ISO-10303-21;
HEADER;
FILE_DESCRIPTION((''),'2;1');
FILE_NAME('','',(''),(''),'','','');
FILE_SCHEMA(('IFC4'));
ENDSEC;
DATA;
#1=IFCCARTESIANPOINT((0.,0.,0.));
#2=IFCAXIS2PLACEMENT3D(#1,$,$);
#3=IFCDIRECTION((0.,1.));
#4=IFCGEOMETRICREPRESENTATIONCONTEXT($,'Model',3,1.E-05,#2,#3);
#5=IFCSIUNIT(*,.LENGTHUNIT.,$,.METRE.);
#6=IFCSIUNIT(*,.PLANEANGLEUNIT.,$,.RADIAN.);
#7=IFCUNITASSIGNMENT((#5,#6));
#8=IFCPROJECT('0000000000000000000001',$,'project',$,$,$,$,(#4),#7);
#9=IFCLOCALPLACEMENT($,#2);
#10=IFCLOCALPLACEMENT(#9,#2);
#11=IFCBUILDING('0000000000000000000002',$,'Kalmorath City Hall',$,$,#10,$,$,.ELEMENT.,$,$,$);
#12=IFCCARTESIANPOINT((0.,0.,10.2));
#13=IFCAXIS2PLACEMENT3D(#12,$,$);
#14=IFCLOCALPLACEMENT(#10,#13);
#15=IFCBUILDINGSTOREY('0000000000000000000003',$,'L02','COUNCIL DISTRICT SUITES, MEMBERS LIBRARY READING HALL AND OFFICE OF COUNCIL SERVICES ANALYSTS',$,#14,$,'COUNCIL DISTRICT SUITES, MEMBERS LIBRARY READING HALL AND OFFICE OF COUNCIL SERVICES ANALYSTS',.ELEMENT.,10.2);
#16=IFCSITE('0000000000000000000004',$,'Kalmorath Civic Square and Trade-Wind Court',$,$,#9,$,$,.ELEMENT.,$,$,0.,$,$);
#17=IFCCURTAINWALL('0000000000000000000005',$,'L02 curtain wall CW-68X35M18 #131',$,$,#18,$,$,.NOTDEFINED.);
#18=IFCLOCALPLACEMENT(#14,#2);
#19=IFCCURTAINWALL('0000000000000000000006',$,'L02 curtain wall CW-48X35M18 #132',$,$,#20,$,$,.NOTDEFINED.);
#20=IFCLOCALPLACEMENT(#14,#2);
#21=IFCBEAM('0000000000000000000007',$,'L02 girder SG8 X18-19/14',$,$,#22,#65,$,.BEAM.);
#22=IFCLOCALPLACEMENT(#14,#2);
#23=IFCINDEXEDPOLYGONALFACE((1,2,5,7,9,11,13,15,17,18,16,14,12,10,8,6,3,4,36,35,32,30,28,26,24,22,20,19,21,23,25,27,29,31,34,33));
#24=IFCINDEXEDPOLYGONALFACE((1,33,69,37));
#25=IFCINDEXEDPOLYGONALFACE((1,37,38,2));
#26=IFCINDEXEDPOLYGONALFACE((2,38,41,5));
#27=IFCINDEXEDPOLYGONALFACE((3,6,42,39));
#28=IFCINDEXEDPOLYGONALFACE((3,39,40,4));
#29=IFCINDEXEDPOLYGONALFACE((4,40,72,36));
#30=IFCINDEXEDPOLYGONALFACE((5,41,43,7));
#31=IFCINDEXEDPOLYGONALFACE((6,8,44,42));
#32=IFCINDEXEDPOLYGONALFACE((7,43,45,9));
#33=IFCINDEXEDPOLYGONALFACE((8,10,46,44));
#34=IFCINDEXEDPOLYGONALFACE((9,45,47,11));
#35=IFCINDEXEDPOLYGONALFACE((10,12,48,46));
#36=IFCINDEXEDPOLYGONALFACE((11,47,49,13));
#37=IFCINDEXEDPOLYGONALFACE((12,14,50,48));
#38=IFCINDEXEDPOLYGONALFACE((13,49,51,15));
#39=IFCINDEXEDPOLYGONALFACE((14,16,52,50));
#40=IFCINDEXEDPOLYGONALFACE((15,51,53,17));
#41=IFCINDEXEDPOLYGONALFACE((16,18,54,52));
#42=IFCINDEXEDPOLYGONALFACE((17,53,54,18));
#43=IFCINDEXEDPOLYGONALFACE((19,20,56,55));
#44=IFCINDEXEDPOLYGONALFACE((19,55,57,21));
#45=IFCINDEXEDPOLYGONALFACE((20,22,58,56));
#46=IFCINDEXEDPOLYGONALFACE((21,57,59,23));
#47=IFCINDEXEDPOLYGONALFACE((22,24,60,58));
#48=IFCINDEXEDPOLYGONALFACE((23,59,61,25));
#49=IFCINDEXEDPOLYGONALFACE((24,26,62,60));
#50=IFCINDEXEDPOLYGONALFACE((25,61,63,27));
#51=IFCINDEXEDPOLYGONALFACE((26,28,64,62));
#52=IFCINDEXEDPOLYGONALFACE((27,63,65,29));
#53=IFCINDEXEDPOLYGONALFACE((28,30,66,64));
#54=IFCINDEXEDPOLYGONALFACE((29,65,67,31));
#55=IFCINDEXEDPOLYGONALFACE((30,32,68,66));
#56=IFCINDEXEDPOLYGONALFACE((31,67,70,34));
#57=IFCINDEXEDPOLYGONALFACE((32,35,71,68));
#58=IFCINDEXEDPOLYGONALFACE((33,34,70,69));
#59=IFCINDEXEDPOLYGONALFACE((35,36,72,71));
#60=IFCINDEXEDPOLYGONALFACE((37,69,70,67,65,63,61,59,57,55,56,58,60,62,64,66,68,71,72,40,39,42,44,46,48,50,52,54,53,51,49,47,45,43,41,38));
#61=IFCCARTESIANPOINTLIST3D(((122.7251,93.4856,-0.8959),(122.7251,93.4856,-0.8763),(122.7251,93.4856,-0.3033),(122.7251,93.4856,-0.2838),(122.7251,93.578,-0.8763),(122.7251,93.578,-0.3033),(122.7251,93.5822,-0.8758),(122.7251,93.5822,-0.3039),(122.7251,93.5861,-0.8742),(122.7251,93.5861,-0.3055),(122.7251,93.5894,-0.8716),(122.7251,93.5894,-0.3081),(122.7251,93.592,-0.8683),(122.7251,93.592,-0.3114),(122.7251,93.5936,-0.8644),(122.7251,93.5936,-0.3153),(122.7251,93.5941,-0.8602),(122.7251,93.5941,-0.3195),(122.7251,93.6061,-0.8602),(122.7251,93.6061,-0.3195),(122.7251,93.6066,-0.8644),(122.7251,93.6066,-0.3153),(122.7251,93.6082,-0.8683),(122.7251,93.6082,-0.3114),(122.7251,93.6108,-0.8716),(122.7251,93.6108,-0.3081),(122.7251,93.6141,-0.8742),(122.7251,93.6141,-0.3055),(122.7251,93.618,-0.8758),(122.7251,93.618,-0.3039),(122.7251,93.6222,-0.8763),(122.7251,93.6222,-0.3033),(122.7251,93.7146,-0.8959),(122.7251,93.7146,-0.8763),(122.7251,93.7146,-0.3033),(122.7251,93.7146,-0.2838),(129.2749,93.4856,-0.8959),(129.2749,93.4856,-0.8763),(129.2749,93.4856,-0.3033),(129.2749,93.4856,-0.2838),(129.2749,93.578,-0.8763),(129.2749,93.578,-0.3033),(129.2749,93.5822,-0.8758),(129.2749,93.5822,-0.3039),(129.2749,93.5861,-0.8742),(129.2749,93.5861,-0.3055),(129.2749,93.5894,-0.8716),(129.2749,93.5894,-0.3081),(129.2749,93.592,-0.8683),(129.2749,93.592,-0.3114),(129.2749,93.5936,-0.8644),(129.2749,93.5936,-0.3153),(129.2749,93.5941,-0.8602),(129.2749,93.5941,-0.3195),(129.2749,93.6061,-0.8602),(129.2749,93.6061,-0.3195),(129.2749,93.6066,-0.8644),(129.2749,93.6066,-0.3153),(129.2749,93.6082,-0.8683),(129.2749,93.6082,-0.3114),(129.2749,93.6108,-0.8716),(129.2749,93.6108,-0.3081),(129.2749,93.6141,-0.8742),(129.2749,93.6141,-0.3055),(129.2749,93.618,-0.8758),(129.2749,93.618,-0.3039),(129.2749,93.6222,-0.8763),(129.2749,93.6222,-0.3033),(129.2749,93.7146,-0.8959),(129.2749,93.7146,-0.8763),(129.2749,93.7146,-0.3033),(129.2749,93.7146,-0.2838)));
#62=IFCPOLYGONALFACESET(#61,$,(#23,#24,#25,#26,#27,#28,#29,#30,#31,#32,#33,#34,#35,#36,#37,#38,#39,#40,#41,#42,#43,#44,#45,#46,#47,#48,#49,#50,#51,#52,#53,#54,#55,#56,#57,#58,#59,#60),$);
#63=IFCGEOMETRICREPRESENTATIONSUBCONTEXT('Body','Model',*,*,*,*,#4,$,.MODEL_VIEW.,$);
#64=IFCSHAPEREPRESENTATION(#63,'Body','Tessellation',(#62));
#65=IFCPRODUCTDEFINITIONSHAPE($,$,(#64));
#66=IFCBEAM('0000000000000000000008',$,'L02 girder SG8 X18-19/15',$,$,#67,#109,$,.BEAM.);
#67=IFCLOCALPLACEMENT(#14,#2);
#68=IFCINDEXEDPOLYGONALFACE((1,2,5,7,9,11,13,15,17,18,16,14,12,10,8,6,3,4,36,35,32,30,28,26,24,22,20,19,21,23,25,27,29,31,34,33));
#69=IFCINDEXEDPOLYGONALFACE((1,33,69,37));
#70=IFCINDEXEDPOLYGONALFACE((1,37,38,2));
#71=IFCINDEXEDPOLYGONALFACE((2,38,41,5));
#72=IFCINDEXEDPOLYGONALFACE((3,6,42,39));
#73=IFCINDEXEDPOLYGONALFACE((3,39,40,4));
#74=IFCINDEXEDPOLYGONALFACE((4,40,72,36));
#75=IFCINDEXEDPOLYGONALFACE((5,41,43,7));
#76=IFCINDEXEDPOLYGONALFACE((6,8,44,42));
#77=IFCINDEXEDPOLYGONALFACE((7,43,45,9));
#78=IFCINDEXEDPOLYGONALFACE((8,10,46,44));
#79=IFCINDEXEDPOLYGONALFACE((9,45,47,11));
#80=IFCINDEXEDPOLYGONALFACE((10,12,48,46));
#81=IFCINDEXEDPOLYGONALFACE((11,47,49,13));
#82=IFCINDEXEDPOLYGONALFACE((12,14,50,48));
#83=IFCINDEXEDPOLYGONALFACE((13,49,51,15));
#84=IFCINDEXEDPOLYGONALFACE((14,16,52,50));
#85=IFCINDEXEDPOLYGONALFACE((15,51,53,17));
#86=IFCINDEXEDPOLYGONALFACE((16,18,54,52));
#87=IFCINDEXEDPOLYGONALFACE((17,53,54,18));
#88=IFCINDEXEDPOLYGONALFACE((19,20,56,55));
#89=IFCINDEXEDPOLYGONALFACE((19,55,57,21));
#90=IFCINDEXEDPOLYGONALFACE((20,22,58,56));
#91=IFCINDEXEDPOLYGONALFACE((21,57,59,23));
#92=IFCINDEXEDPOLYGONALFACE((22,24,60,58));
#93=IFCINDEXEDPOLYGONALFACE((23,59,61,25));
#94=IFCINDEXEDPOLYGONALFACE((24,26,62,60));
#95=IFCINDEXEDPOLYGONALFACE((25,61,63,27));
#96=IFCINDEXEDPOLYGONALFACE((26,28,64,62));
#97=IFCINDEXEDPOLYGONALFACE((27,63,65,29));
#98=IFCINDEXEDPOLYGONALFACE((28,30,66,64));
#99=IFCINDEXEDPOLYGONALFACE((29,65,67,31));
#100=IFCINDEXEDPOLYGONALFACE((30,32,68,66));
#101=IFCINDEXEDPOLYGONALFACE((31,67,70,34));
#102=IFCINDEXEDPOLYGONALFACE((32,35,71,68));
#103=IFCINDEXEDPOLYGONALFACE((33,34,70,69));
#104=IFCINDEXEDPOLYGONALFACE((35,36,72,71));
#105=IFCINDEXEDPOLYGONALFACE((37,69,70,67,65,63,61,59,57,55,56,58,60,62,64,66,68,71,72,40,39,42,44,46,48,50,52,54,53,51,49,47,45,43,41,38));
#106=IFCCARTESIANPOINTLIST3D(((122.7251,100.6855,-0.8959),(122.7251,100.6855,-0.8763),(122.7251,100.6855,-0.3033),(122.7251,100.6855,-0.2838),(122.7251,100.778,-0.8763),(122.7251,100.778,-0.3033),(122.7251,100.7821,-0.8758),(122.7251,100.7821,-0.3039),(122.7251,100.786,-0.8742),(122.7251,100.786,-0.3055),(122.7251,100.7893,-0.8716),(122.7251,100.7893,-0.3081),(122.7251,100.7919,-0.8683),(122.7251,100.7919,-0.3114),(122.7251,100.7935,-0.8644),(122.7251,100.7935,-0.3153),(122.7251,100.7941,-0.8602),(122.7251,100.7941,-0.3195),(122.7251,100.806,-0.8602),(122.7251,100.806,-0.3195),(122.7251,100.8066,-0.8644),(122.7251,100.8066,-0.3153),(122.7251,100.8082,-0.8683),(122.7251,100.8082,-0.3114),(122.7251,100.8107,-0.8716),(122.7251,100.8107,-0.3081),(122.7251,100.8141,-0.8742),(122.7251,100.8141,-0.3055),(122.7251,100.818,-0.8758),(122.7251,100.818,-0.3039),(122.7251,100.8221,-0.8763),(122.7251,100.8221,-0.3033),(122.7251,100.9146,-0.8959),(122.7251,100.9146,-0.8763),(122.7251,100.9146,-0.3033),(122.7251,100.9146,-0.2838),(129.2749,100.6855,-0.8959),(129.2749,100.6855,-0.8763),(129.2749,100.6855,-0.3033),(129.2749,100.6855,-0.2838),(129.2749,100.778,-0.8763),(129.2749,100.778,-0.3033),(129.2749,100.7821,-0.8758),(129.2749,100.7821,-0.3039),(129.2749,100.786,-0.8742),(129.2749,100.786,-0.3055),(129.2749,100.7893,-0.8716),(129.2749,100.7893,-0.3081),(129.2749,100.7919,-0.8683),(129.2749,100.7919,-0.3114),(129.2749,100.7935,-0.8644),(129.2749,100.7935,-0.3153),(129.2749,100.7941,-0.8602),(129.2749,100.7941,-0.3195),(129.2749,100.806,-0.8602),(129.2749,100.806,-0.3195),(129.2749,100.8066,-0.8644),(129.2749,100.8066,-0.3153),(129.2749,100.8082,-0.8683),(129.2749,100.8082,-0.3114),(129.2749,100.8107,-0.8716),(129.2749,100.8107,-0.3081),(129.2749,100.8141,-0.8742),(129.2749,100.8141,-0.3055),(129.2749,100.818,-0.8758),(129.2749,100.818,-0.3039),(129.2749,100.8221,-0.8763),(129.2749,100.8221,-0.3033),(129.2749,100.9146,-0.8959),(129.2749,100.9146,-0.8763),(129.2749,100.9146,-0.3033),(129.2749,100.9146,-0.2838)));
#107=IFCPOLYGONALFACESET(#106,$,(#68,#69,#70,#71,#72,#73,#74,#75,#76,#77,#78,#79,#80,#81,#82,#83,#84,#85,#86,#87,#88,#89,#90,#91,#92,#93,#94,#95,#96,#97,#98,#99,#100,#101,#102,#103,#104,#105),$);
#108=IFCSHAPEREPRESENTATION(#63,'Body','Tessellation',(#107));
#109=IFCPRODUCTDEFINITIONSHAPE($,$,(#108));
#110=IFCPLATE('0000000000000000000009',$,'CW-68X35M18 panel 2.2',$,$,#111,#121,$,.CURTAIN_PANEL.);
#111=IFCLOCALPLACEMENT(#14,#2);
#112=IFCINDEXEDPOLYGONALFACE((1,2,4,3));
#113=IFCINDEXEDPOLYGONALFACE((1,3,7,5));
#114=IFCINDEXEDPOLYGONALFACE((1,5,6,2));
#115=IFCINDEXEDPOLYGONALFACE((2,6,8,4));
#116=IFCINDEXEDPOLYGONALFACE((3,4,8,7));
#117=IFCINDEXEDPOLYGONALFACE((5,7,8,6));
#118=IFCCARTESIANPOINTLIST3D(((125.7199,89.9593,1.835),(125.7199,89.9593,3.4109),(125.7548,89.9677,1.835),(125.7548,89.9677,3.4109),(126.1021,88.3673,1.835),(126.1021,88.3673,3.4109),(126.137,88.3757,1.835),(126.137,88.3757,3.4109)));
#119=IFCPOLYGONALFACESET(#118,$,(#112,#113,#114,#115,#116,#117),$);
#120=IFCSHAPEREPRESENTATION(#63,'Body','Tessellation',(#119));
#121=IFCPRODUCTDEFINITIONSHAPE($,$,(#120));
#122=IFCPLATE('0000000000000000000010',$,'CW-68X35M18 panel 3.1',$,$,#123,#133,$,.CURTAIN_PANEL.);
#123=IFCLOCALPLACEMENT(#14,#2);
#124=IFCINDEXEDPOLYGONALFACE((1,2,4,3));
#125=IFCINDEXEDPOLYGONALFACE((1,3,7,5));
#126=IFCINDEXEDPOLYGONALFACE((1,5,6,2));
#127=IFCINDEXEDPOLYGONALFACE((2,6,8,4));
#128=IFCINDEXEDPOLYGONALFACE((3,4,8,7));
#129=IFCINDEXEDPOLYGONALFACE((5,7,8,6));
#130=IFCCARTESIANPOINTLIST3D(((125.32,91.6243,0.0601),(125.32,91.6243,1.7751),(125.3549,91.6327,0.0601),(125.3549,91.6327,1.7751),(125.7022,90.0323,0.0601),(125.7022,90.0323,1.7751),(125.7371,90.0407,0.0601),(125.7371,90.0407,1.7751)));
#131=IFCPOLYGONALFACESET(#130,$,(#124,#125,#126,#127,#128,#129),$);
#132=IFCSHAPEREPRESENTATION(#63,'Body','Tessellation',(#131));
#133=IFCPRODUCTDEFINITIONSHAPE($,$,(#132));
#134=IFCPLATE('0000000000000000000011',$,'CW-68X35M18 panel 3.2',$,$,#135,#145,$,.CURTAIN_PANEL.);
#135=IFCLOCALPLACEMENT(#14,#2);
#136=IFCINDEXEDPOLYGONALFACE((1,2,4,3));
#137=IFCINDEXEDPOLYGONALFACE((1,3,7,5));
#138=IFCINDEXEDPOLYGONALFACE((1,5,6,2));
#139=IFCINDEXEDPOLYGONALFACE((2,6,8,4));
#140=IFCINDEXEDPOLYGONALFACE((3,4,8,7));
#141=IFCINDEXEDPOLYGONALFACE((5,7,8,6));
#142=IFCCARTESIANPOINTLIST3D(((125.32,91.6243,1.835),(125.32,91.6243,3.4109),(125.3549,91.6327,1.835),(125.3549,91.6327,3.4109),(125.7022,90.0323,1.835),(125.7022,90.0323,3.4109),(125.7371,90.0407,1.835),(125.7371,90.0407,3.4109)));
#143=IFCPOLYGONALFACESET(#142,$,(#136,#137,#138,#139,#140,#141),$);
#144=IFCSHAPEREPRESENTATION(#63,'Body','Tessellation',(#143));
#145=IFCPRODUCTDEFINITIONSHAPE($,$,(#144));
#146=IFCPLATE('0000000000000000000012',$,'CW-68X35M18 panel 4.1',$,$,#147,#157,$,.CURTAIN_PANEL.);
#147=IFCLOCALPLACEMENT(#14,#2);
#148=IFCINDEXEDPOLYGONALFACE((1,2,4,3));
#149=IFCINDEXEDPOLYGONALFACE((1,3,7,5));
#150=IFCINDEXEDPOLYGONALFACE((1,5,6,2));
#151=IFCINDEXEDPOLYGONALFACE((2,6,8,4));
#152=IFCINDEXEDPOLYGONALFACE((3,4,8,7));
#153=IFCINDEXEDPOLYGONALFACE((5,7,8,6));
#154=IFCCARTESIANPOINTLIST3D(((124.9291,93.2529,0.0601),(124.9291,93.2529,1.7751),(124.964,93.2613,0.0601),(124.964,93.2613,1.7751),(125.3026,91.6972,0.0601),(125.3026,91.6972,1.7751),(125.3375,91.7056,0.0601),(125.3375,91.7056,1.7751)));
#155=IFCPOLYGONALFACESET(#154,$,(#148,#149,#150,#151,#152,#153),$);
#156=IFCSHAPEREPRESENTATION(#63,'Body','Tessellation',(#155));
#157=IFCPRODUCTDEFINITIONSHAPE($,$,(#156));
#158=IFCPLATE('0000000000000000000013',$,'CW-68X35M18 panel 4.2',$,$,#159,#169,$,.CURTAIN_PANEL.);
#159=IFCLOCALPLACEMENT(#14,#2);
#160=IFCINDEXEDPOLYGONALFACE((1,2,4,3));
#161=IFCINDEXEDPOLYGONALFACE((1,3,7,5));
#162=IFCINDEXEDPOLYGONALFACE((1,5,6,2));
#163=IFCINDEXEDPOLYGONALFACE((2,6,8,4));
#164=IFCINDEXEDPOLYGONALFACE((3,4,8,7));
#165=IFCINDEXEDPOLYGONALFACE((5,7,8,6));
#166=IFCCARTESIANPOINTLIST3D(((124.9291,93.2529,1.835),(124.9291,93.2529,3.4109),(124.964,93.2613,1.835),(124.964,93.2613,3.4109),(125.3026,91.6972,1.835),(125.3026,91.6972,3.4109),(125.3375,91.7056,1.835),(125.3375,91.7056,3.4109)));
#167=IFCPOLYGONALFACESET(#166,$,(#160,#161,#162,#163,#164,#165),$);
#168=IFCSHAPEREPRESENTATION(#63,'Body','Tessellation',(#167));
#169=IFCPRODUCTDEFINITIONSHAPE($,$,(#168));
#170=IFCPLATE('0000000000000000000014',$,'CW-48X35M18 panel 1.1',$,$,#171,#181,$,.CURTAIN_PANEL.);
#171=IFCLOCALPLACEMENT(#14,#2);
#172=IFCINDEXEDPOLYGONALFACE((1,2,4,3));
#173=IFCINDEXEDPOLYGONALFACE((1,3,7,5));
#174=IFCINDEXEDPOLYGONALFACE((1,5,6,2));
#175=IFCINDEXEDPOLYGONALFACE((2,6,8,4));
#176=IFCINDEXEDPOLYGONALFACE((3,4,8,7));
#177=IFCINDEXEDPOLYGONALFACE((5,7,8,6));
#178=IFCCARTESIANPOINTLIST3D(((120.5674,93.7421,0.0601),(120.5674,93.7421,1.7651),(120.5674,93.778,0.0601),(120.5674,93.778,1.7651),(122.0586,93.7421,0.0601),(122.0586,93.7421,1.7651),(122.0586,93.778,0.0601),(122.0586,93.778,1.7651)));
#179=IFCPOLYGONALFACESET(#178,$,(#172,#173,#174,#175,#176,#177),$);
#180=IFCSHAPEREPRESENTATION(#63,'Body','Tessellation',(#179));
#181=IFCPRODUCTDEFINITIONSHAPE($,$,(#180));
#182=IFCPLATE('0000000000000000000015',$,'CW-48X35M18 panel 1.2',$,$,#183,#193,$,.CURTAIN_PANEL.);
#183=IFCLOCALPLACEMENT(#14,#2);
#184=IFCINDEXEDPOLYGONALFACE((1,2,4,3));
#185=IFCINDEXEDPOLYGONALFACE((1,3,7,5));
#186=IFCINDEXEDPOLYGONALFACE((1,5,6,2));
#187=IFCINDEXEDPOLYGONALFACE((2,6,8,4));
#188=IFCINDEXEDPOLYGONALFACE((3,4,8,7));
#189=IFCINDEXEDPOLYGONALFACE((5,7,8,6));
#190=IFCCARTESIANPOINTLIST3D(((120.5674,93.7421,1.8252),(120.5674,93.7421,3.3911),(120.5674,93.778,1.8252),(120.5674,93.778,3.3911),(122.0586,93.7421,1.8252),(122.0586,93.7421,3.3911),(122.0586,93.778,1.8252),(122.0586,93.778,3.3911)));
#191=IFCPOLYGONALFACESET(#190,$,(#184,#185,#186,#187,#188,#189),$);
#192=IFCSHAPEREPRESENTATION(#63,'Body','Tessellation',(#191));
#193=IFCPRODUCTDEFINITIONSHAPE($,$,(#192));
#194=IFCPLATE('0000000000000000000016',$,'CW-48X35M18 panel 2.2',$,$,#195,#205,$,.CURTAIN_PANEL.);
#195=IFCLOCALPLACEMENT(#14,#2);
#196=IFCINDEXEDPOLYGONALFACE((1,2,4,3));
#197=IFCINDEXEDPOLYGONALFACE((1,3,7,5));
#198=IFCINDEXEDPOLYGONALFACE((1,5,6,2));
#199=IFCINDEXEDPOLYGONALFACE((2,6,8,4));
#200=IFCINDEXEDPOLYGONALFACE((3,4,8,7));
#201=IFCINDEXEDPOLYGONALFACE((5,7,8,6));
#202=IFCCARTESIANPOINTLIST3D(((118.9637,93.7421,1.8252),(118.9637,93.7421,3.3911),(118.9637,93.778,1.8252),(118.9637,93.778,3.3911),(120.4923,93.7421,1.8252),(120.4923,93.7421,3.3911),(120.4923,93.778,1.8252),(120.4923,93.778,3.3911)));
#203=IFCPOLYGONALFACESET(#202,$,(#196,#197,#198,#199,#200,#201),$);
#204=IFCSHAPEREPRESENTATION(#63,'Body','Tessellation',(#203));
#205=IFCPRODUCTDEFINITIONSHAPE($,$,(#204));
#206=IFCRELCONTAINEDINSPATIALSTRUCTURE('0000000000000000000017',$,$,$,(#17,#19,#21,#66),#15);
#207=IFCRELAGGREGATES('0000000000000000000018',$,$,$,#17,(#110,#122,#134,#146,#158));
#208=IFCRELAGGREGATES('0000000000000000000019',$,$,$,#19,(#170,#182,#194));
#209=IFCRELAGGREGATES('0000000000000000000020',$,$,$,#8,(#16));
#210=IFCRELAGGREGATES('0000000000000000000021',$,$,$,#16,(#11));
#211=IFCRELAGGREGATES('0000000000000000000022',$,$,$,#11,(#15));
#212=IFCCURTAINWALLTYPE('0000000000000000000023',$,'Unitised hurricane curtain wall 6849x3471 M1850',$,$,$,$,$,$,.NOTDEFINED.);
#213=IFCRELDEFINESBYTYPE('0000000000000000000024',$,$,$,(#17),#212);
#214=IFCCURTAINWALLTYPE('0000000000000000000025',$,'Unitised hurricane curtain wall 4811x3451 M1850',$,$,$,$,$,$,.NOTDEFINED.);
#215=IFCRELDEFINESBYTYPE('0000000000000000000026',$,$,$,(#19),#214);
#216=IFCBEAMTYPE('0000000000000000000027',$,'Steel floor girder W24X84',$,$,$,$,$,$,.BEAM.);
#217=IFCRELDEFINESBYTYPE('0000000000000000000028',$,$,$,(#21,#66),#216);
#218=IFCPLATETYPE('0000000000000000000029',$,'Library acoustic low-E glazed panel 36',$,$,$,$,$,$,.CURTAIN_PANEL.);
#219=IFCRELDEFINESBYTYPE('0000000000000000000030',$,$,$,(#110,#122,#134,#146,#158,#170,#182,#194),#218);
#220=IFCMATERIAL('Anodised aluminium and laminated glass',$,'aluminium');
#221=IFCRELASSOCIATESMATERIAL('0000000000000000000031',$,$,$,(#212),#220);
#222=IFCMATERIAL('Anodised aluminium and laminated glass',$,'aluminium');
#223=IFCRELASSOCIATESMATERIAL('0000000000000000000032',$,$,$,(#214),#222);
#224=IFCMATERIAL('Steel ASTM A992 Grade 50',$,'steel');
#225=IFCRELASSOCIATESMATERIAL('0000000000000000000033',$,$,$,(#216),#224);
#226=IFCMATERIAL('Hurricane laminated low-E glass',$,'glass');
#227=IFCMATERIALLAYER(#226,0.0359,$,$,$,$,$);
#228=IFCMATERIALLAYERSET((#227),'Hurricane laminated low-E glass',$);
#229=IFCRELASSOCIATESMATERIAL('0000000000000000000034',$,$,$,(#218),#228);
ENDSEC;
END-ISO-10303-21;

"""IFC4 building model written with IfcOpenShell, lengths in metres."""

from ifc_helpers import new_model, si_unit, direction, frame, origin, origin_2d, place, context, subcontext, project, spatial, rectangle, i_section, extrude, material, layer, layer_set, material_profile, profile_set, type_object, element, aggregate, save


model = new_model("IFC4")

# Units and contexts
model_context = context("Model", 3, precision=1e-05, world=origin(), true_north=direction((0.0, 1.0)))
body_context = subcontext(model_context, "Body", "Model", "MODEL_VIEW")
ifc_project = project(units=[si_unit("LENGTHUNIT", "METRE"), si_unit("PLANEANGLEUNIT", "RADIAN")], contexts=[model_context])

# Site, building, storey
site_placement = place(None, origin())
site = spatial("IfcSite", under=ifc_project, at=site_placement, Name="Kalmorath Civic Square and Trade-Wind Court", CompositionType="ELEMENT", RefElevation=0.0)
building_placement = place(site_placement, origin())
building = spatial("IfcBuilding", under=site, at=building_placement, Name="Kalmorath City Hall", CompositionType="ELEMENT")
storey_placement = place(building_placement, frame((0.0, 0.0, 10.2)))
storey = spatial("IfcBuildingStorey", under=building, at=storey_placement, Name="L02", Description="COUNCIL DISTRICT SUITES, MEMBERS LIBRARY READING HALL AND OFFICE OF COUNCIL SERVICES ANALYSTS", LongName="COUNCIL DISTRICT SUITES, MEMBERS LIBRARY READING HALL AND OFFICE OF COUNCIL SERVICES ANALYSTS", CompositionType="ELEMENT", Elevation=10.2)

# Curtain walls
ifc_material_1 = material(Name="Anodised aluminium and laminated glass", Category="aluminium")
curtain_wall_type_1 = type_object("IfcCurtainWallType", Name="Unitised hurricane curtain wall 6849x3471 M1850", PredefinedType="NOTDEFINED", material=ifc_material_1)
curtain_wall_1_placement = place(storey_placement, origin())
curtain_wall_1 = element("IfcCurtainWall", 1, at=curtain_wall_1_placement, inside=storey, type_object=curtain_wall_type_1, Name="L02 curtain wall CW-68X35M18 #131", PredefinedType="NOTDEFINED")
ifc_material_2 = material(Name="Anodised aluminium and laminated glass", Category="aluminium")
curtain_wall_type_2 = type_object("IfcCurtainWallType", Name="Unitised hurricane curtain wall 4811x3451 M1850", PredefinedType="NOTDEFINED", material=ifc_material_2)
curtain_wall_2_placement = place(storey_placement, origin())
curtain_wall_2 = element("IfcCurtainWall", 2, at=curtain_wall_2_placement, inside=storey, type_object=curtain_wall_type_2, Name="L02 curtain wall CW-48X35M18 #132", PredefinedType="NOTDEFINED")

# Beams
ifc_material_3 = material(Name="Steel ASTM A992 Grade 50", Category="steel")
ifc_material_profile_1 = material_profile(ifc_material_3, i_section(OverallWidth=0.229, OverallDepth=0.6121, WebThickness=0.012, FlangeThickness=0.0195, FilletRadius=0.0161, at=origin_2d()), Name="W24X84")
ifc_profile_set_1 = profile_set([ifc_material_profile_1], Name="Steel ASTM A992 Grade 50")
beam_type_1 = type_object("IfcBeamType", Name="Steel floor girder W24X84", PredefinedType="BEAM", material=ifc_profile_set_1)
for number, where, z_axis, x_axis, name in (
    (3, (122.7251, 93.6001, -0.5898), (1.0, 0.0, 0.0), (0.0, 1.0, 0.0), "L02 girder SG8 X18-19/14"),
    (4, (122.7251, 100.8, -0.5898), (1.0, 0.0, 0.0), (0.0, 1.0, 0.0), "L02 girder SG8 X18-19/15"),
):
    element("IfcBeam", number, at=place(storey_placement, frame(where, z_axis=z_axis, x_axis=x_axis)), inside=storey, type_object=beam_type_1, Name=name, PredefinedType="BEAM", context=body_context, shape_type="SweptSolid", body=[
        extrude(i_section(OverallWidth=0.229, OverallDepth=0.6121, WebThickness=0.012, FlangeThickness=0.0195, FilletRadius=0.0161, at=origin_2d()), origin(), (0.0, 0.0, 1.0), 6.5498),
    ])

# Plates
ifc_material_4 = material(Name="Hurricane laminated low-E glass", Category="glass")
ifc_layer_1 = layer(ifc_material_4, 0.0359)
ifc_layer_set_1 = layer_set([ifc_layer_1], Name="Hurricane laminated low-E glass")
plate_type = type_object("IfcPlateType", Name="Library acoustic low-E glazed panel 36", PredefinedType="CURTAIN_PANEL", material=ifc_layer_set_1)
plate_1_placement = place(storey_placement, frame((125.9285, 89.1675, 1.835), z_axis=(0.0, 0.0, 1.0), x_axis=(-0.233456, 0.972367, 0.0)))
plate_1 = element("IfcPlate", 5, at=plate_1_placement, type_object=plate_type, Name="CW-68X35M18 panel 2.2", PredefinedType="CURTAIN_PANEL", context=body_context, shape_type="SweptSolid", body=[
    extrude(rectangle(XDim=1.6372, YDim=0.0359, at=origin_2d()), origin(), (0.0, 0.0, 1.0), 1.5759),
])
plate_2_placement = place(storey_placement, frame((125.5286, 90.8325, 0.0601), z_axis=(0.0, 0.0, 1.0), x_axis=(-0.233456, 0.972367, 0.0)))
plate_2 = element("IfcPlate", 6, at=plate_2_placement, type_object=plate_type, Name="CW-68X35M18 panel 3.1", PredefinedType="CURTAIN_PANEL", context=body_context, shape_type="SweptSolid", body=[
    extrude(rectangle(XDim=1.6372, YDim=0.0359, at=origin_2d()), origin(), (0.0, 0.0, 1.0), 1.7151),
])
plate_3_placement = place(storey_placement, frame((125.5286, 90.8325, 1.835), z_axis=(0.0, 0.0, 1.0), x_axis=(-0.233456, 0.972367, 0.0)))
plate_3 = element("IfcPlate", 7, at=plate_3_placement, type_object=plate_type, Name="CW-68X35M18 panel 3.2", PredefinedType="CURTAIN_PANEL", context=body_context, shape_type="SweptSolid", body=[
    extrude(rectangle(XDim=1.6372, YDim=0.0359, at=origin_2d()), origin(), (0.0, 0.0, 1.0), 1.5759),
])
plate_4_placement = place(storey_placement, frame((125.1333, 92.4792, 0.0601), z_axis=(0.0, 0.0, 1.0), x_axis=(-0.233456, 0.972367, 0.0)))
plate_4 = element("IfcPlate", 8, at=plate_4_placement, type_object=plate_type, Name="CW-68X35M18 panel 4.1", PredefinedType="CURTAIN_PANEL", context=body_context, shape_type="SweptSolid", body=[
    extrude(rectangle(XDim=1.5999, YDim=0.0359, at=origin_2d()), origin(), (0.0, 0.0, 1.0), 1.7151),
])
plate_5_placement = place(storey_placement, frame((125.1333, 92.4792, 1.835), z_axis=(0.0, 0.0, 1.0), x_axis=(-0.233456, 0.972367, 0.0)))
plate_5 = element("IfcPlate", 9, at=plate_5_placement, type_object=plate_type, Name="CW-68X35M18 panel 4.2", PredefinedType="CURTAIN_PANEL", context=body_context, shape_type="SweptSolid", body=[
    extrude(rectangle(XDim=1.5999, YDim=0.0359, at=origin_2d()), origin(), (0.0, 0.0, 1.0), 1.5759),
])
aggregate(curtain_wall_1, [plate_1, plate_2, plate_3, plate_4, plate_5])
plate_6_placement = place(storey_placement, frame((121.313, 93.76, 0.0601), z_axis=(0.0, 0.0, 1.0), x_axis=(-1.0, 0.0, 0.0)))
plate_6 = element("IfcPlate", 10, at=plate_6_placement, type_object=plate_type, Name="CW-48X35M18 panel 1.1", PredefinedType="CURTAIN_PANEL", context=body_context, shape_type="SweptSolid", body=[
    extrude(rectangle(XDim=1.4912, YDim=0.0359, at=origin_2d()), origin(), (0.0, 0.0, 1.0), 1.7051),
])
plate_7_placement = place(storey_placement, frame((121.313, 93.76, 1.8252), z_axis=(0.0, 0.0, 1.0), x_axis=(-1.0, 0.0, 0.0)))
plate_7 = element("IfcPlate", 11, at=plate_7_placement, type_object=plate_type, Name="CW-48X35M18 panel 1.2", PredefinedType="CURTAIN_PANEL", context=body_context, shape_type="SweptSolid", body=[
    extrude(rectangle(XDim=1.4912, YDim=0.0359, at=origin_2d()), origin(), (0.0, 0.0, 1.0), 1.5659),
])
plate_8_placement = place(storey_placement, frame((119.728, 93.76, 1.8252), z_axis=(0.0, 0.0, 1.0), x_axis=(-1.0, 0.0, 0.0)))
plate_8 = element("IfcPlate", 12, at=plate_8_placement, type_object=plate_type, Name="CW-48X35M18 panel 2.2", PredefinedType="CURTAIN_PANEL", context=body_context, shape_type="SweptSolid", body=[
    extrude(rectangle(XDim=1.5286, YDim=0.0359, at=origin_2d()), origin(), (0.0, 0.0, 1.0), 1.5659),
])
aggregate(curtain_wall_2, [plate_6, plate_7, plate_8])

save(model, "model.ifc")
